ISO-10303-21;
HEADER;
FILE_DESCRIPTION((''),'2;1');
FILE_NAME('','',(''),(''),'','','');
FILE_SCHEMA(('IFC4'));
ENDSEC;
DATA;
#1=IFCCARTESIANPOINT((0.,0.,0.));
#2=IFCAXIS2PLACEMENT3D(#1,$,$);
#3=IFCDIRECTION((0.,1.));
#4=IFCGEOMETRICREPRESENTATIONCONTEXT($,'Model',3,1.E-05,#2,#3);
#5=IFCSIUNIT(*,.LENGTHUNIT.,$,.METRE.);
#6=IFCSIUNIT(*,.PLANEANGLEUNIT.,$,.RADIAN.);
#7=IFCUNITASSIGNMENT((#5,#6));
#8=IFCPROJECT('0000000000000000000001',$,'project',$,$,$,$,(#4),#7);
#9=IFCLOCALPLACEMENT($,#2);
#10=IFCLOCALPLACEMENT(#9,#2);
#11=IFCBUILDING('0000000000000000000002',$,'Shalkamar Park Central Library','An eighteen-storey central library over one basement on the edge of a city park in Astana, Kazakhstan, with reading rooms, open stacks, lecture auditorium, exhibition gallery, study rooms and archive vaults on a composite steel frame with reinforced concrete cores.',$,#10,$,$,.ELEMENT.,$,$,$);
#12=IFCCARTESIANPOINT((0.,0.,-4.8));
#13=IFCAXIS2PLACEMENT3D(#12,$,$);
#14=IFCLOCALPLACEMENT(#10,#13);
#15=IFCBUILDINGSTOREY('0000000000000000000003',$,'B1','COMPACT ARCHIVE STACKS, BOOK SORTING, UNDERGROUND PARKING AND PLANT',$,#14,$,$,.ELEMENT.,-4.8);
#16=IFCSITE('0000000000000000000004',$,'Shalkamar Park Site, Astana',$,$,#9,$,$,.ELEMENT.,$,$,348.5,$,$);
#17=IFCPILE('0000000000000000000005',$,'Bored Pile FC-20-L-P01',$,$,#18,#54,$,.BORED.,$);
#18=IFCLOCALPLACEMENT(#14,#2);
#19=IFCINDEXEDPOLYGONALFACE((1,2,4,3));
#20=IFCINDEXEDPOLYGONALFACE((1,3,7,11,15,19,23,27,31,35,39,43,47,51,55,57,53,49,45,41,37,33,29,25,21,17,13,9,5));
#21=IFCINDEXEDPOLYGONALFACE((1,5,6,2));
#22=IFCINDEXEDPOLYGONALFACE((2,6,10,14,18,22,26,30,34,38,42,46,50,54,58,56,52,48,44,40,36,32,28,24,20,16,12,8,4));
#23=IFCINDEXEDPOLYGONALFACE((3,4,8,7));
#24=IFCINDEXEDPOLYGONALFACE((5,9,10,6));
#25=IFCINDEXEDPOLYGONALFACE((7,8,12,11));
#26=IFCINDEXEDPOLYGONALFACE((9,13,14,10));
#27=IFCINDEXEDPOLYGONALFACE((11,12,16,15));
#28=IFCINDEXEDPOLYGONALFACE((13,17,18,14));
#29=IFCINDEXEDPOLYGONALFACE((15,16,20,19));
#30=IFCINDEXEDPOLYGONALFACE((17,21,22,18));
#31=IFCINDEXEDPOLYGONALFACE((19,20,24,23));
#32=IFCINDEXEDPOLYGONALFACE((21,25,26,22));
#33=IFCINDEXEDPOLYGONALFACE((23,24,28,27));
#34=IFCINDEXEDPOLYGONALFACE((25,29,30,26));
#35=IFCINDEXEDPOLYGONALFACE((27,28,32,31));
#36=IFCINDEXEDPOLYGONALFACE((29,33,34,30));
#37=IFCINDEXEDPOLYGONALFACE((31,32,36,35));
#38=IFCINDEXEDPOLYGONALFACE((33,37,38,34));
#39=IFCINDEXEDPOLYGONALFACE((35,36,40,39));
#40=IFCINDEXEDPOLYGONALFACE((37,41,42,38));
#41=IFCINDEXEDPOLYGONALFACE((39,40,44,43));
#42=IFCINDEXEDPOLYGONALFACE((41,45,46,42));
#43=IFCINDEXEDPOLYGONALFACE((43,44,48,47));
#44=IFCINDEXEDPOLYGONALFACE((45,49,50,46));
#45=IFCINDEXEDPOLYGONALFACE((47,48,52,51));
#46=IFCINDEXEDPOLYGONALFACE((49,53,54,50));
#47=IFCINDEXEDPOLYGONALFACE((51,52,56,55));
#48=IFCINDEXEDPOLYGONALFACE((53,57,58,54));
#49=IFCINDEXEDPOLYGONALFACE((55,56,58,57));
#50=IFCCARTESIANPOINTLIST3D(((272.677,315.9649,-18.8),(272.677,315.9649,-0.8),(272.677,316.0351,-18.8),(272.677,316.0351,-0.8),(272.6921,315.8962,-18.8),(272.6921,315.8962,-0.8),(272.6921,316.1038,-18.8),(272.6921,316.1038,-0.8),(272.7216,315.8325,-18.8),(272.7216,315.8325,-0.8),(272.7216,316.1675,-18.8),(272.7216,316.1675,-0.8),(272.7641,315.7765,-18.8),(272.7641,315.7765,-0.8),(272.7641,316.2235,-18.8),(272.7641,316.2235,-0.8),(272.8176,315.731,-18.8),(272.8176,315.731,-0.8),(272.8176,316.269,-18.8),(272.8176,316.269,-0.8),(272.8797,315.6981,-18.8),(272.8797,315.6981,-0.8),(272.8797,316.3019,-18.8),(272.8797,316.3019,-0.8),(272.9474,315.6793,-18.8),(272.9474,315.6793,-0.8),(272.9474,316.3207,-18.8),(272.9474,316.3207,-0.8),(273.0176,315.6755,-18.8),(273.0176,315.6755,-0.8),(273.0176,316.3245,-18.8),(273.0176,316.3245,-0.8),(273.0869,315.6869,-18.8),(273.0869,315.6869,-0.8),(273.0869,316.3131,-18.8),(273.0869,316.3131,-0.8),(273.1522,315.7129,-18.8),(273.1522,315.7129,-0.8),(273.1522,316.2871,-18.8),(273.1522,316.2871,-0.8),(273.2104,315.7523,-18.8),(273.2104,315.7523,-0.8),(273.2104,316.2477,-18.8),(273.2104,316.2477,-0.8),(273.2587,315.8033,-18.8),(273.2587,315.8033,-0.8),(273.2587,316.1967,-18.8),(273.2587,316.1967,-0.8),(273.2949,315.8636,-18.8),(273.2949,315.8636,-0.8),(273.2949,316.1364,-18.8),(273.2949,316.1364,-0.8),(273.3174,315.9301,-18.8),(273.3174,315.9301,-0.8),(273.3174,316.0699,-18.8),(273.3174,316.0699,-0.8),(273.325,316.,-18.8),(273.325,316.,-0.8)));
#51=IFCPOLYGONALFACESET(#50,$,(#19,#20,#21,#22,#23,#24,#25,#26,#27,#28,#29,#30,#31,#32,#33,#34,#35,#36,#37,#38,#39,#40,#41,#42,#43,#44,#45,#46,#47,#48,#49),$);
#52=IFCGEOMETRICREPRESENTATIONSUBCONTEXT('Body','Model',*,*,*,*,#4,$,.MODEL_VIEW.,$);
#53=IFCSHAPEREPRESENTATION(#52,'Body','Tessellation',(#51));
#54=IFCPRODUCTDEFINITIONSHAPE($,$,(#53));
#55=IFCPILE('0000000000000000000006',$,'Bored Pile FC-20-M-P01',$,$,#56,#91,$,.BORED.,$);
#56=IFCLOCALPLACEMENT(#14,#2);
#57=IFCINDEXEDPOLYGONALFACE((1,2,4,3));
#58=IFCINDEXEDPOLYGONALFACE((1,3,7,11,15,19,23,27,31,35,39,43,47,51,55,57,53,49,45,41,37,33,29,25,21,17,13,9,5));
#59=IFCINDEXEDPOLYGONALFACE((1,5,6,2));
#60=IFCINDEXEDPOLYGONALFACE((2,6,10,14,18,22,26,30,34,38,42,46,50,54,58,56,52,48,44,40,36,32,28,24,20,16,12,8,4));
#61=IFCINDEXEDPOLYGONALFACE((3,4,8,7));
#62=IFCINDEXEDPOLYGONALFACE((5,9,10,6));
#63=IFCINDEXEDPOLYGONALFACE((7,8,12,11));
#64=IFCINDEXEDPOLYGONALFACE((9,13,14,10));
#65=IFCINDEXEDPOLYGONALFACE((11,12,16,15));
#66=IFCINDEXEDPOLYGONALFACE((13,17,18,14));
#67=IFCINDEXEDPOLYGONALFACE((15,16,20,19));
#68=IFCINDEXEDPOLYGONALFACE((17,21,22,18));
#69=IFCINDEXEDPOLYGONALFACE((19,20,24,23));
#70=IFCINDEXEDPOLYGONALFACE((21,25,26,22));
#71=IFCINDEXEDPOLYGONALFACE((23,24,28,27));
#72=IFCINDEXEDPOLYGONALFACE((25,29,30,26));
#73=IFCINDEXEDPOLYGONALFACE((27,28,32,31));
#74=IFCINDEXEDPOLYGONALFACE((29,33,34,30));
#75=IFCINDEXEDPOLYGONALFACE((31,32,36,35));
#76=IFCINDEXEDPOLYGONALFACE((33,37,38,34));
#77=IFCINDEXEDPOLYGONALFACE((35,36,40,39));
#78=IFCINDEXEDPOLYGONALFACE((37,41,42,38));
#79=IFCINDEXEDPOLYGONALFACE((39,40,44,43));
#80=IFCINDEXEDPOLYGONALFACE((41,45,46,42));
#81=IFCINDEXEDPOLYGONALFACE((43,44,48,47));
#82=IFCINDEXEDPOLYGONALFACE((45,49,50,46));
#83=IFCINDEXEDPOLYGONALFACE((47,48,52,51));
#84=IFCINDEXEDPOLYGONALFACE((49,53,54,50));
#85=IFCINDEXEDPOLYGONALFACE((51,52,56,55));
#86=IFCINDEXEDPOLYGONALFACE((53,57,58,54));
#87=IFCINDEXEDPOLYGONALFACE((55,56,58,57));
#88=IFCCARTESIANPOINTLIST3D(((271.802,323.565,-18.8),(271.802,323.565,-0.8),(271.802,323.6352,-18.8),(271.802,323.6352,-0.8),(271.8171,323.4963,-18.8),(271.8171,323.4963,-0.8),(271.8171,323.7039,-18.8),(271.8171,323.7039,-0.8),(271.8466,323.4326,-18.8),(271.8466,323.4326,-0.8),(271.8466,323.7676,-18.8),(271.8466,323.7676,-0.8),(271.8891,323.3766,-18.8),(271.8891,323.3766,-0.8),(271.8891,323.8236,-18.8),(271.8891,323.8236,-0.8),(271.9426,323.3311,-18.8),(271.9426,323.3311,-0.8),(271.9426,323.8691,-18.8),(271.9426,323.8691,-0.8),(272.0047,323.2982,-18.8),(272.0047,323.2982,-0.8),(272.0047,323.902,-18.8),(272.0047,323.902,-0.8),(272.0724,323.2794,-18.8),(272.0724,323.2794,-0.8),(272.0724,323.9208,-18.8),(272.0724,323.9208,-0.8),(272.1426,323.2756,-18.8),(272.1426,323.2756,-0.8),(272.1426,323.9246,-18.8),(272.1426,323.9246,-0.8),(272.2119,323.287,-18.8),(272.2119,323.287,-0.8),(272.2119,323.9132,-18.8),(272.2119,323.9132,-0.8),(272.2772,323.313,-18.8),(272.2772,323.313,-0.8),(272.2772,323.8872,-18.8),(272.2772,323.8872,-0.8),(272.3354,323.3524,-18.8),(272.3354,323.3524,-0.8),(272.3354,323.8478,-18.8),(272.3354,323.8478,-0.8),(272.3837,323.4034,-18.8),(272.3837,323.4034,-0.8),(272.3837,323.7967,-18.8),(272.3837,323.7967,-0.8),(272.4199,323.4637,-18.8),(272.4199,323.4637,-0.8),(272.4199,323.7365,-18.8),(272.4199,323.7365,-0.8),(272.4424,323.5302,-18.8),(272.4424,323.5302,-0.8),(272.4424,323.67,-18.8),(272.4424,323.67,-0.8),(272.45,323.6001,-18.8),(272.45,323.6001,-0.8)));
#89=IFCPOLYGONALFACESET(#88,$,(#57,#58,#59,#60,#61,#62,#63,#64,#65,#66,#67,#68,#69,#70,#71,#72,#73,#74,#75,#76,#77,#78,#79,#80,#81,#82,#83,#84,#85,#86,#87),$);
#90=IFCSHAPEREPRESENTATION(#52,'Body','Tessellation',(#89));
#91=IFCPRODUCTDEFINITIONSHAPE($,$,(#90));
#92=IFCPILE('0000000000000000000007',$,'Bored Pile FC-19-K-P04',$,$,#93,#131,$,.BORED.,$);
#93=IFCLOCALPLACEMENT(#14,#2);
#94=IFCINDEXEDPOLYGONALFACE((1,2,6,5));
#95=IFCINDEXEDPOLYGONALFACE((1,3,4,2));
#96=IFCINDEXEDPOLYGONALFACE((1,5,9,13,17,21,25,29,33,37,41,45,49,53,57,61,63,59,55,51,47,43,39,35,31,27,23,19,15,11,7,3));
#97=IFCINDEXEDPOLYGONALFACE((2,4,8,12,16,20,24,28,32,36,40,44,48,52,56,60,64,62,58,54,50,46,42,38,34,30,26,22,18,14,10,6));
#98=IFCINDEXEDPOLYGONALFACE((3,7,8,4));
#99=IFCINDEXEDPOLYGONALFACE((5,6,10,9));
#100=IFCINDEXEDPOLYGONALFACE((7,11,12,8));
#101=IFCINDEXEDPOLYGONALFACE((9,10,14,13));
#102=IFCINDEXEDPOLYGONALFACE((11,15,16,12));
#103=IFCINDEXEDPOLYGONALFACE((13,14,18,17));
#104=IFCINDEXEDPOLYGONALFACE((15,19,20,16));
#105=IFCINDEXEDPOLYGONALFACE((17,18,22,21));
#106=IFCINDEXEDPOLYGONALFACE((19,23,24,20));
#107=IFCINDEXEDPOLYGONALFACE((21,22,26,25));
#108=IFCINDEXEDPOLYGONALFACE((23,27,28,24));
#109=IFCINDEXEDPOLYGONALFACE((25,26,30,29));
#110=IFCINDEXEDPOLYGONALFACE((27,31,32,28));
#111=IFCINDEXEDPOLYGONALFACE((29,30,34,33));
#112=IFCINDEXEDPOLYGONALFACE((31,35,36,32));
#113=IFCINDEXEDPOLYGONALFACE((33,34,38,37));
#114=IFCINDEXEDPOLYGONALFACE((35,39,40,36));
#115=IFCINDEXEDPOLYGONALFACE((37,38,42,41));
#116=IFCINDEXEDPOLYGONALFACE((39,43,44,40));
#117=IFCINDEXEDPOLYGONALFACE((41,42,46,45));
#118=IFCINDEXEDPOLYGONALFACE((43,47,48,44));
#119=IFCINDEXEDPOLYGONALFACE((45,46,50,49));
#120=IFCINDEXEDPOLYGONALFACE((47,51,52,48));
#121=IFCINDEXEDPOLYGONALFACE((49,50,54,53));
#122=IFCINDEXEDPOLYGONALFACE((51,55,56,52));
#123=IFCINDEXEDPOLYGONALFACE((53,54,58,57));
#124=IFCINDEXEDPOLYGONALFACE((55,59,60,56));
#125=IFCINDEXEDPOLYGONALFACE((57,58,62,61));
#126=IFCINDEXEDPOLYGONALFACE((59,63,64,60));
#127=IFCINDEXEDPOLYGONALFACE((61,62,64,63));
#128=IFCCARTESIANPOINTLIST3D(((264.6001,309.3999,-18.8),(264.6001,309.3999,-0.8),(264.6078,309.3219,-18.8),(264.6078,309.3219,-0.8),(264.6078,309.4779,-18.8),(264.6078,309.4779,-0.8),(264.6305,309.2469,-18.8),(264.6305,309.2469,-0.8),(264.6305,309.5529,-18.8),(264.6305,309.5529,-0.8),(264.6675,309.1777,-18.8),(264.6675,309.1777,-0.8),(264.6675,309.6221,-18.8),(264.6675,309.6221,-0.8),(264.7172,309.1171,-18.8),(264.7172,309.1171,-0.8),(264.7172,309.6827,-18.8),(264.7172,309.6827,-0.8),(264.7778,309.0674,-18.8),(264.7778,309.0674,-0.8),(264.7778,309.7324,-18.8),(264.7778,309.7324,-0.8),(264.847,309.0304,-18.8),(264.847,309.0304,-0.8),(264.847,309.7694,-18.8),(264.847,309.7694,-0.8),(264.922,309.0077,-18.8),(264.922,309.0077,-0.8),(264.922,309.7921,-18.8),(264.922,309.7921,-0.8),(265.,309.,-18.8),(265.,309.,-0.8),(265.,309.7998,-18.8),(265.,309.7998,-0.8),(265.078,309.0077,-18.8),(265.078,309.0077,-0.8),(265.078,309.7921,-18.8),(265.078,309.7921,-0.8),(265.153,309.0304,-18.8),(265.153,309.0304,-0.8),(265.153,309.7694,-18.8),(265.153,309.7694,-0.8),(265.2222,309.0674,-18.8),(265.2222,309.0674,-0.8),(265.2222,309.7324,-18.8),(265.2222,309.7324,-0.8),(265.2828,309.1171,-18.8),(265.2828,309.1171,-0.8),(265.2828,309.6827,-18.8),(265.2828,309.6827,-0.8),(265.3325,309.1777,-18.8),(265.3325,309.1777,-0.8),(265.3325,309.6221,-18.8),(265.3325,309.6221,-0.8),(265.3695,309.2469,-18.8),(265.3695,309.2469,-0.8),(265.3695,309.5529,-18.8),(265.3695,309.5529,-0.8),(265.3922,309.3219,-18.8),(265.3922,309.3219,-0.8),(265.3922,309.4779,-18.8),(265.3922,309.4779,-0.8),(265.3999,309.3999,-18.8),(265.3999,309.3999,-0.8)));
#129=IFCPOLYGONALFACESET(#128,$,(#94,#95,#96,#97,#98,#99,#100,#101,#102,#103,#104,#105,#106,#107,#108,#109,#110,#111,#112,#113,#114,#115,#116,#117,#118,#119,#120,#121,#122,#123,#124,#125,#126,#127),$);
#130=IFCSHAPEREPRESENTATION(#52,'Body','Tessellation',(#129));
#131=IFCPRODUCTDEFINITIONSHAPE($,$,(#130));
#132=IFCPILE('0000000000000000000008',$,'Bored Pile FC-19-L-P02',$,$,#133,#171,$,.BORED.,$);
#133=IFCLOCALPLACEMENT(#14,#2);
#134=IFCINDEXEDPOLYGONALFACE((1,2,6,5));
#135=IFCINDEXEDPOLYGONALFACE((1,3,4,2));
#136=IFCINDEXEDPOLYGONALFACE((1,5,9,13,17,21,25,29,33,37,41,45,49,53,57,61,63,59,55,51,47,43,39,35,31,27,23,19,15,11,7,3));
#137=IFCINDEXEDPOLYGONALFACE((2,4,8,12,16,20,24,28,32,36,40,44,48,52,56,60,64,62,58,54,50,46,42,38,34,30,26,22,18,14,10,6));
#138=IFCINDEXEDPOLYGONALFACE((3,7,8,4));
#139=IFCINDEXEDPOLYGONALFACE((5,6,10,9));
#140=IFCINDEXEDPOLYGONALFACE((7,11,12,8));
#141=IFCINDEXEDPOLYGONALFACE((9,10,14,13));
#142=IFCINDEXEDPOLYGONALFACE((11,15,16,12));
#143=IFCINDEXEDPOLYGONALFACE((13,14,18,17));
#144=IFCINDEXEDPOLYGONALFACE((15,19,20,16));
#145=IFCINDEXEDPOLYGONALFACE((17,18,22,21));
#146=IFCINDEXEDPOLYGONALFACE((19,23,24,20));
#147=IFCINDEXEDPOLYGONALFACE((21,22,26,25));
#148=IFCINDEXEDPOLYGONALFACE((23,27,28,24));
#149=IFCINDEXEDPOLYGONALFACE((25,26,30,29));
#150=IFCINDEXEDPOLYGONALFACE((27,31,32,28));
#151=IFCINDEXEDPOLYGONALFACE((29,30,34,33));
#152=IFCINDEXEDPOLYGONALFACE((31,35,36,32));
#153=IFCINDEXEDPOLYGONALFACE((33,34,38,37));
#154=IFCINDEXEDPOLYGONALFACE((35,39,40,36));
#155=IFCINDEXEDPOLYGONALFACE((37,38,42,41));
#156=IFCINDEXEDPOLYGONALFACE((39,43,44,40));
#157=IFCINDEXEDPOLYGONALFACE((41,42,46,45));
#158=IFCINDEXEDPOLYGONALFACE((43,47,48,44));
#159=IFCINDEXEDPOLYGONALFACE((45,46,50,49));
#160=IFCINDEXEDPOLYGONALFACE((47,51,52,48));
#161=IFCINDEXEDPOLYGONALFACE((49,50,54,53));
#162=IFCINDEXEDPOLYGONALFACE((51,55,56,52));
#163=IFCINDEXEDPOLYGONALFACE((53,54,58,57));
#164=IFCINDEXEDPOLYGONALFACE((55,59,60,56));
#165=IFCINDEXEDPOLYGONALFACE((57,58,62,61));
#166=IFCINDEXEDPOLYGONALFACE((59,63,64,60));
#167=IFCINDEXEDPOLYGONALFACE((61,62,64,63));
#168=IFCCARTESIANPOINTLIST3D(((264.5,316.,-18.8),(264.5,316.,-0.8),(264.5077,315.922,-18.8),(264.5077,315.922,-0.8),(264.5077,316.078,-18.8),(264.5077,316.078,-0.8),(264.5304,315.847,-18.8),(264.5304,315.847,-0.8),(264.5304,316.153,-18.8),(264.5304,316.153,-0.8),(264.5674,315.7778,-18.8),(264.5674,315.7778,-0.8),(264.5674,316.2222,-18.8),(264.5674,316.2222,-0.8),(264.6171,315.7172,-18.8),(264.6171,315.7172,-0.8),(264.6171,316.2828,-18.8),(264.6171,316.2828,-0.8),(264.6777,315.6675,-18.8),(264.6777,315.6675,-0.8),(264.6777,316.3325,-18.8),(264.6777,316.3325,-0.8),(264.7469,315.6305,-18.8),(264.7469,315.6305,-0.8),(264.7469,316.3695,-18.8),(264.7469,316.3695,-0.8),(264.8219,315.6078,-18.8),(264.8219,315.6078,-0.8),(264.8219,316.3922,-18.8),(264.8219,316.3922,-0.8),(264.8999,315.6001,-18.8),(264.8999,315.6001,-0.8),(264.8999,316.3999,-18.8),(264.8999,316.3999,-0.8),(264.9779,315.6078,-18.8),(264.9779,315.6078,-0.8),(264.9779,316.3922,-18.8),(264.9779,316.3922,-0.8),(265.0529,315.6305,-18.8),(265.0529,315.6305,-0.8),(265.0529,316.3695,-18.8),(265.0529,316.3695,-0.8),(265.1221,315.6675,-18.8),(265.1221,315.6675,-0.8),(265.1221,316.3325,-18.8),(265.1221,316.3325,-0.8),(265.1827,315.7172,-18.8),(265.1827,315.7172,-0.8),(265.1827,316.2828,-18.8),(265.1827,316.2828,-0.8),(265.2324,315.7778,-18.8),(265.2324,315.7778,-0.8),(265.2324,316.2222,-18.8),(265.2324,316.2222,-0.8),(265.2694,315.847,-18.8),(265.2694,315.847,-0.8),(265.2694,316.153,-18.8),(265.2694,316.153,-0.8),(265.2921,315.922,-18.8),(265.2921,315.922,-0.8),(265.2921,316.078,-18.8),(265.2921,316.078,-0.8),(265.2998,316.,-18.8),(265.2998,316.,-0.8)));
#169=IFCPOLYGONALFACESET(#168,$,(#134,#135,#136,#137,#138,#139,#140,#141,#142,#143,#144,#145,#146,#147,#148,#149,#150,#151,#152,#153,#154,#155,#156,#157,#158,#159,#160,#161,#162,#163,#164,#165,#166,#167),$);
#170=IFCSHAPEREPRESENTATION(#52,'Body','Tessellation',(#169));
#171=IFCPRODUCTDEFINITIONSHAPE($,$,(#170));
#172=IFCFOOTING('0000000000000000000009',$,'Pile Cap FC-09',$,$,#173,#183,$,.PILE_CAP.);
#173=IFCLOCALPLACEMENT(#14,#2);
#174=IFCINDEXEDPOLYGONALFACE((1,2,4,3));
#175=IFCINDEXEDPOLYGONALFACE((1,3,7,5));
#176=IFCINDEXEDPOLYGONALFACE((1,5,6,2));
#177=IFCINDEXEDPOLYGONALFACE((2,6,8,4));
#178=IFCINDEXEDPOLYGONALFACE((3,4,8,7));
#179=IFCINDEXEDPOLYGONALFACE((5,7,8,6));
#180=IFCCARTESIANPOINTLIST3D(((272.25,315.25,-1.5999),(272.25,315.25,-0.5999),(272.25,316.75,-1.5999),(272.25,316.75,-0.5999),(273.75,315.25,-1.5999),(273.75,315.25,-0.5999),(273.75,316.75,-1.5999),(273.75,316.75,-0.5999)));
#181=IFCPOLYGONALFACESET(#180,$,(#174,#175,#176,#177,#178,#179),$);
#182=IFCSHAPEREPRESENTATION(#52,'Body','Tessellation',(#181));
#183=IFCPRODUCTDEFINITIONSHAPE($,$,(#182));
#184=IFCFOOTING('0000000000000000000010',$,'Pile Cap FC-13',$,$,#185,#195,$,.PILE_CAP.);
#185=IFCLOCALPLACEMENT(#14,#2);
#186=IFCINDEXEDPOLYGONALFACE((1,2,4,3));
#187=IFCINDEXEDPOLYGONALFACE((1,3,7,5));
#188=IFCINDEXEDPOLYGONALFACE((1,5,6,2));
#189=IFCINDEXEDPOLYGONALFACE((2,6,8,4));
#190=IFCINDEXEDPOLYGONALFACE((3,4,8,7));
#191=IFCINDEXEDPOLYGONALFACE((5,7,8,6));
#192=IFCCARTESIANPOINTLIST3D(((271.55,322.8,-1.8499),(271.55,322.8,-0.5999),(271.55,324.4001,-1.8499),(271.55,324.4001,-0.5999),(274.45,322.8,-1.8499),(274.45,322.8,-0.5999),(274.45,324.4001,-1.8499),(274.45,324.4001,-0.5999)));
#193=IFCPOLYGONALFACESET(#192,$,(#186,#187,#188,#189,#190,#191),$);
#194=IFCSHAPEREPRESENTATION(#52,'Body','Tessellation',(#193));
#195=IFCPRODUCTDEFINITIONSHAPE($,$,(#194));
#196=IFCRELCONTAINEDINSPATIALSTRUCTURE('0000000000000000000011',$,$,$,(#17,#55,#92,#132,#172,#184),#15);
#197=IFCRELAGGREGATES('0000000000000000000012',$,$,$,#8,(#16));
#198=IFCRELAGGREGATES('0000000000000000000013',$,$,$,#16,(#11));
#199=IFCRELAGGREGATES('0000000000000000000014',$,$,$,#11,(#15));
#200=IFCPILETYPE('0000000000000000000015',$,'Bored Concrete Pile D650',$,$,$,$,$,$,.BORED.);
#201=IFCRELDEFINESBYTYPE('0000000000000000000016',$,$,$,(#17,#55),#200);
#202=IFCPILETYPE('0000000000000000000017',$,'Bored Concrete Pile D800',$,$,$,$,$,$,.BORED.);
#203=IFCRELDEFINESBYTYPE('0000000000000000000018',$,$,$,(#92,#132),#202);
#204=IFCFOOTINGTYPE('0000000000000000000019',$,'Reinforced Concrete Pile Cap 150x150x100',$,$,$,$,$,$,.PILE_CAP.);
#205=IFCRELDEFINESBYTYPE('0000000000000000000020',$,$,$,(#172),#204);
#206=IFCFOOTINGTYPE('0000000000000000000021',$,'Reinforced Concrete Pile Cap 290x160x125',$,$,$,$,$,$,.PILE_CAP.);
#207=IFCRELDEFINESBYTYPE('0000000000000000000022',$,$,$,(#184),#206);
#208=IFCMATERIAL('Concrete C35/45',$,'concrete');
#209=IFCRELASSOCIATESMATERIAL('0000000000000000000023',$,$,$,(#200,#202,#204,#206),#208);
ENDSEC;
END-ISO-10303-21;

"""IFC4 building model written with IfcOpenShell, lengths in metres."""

from ifc_helpers import new_model, si_unit, direction, frame, origin, origin_2d, place, context, subcontext, project, spatial, rectangle, circle, extrude, material, material_profile, profile_set, type_object, element, save


model = new_model("IFC4")

# Units and contexts
model_context = context("Model", 3, precision=1e-05, world=origin(), true_north=direction((0.0, 1.0)))
body_context = subcontext(model_context, "Body", "Model", "MODEL_VIEW")
ifc_project = project(units=[si_unit("LENGTHUNIT", "METRE"), si_unit("PLANEANGLEUNIT", "RADIAN")], contexts=[model_context])

# Site, building, storey
site_placement = place(None, origin())
site = spatial("IfcSite", under=ifc_project, at=site_placement, Name="Shalkamar Park Site, Astana", CompositionType="ELEMENT", RefElevation=348.5)
building_placement = place(site_placement, origin())
building = spatial("IfcBuilding", under=site, at=building_placement, Name="Shalkamar Park Central Library", Description="An eighteen-storey central library over one basement on the edge of a city park in Astana, Kazakhstan, with reading rooms, open stacks, lecture auditorium, exhibition gallery, study rooms and archive vaults on a composite steel frame with reinforced concrete cores.", CompositionType="ELEMENT")
storey_placement = place(building_placement, frame((0.0, 0.0, -4.8)))
storey = spatial("IfcBuildingStorey", under=building, at=storey_placement, Name="B1", Description="COMPACT ARCHIVE STACKS, BOOK SORTING, UNDERGROUND PARKING AND PLANT", CompositionType="ELEMENT", Elevation=-4.8)

# Piles
ifc_material_1 = material(Name="Concrete C35/45", Category="concrete")
ifc_material_profile_1 = material_profile(ifc_material_1, circle(Radius=0.325, at=origin_2d()), Name="PILE D650")
ifc_profile_set_1 = profile_set([ifc_material_profile_1], Name="Concrete C35/45")
pile_type_1 = type_object("IfcPileType", Name="Bored Concrete Pile D650", PredefinedType="BORED", material=ifc_profile_set_1)
for number, where, z_axis, x_axis, name in (
    (1, (273.0, 316.0, -0.8), (0.0, 0.0, -1.0), (1.0, 0.0, 0.0), "Bored Pile FC-20-L-P01"),
    (2, (272.125, 323.6001, -0.8), (0.0, 0.0, -1.0), (1.0, 0.0, 0.0), "Bored Pile FC-20-M-P01"),
):
    element("IfcPile", number, at=place(storey_placement, frame(where, z_axis=z_axis, x_axis=x_axis)), inside=storey, type_object=pile_type_1, Name=name, PredefinedType="BORED", context=body_context, shape_type="SweptSolid", body=[
        extrude(circle(Radius=0.325, at=origin_2d()), origin(), (0.0, 0.0, 1.0), 18.0),
    ])
ifc_material_profile_2 = material_profile(ifc_material_1, circle(Radius=0.3999, at=origin_2d()), Name="PILE D800")
ifc_profile_set_2 = profile_set([ifc_material_profile_2], Name="Concrete C35/45")
pile_type_2 = type_object("IfcPileType", Name="Bored Concrete Pile D800", PredefinedType="BORED", material=ifc_profile_set_2)
for number, where, z_axis, x_axis, name in (
    (3, (265.0, 309.3999, -0.8), (0.0, 0.0, -1.0), (1.0, 0.0, 0.0), "Bored Pile FC-19-K-P04"),
    (4, (264.8999, 316.0, -0.8), (0.0, 0.0, -1.0), (1.0, 0.0, 0.0), "Bored Pile FC-19-L-P02"),
):
    element("IfcPile", number, at=place(storey_placement, frame(where, z_axis=z_axis, x_axis=x_axis)), inside=storey, type_object=pile_type_2, Name=name, PredefinedType="BORED", context=body_context, shape_type="SweptSolid", body=[
        extrude(circle(Radius=0.3999, at=origin_2d()), origin(), (0.0, 0.0, 1.0), 18.0),
    ])

# Footings
footing_type_1 = type_object("IfcFootingType", Name="Reinforced Concrete Pile Cap 150x150x100", PredefinedType="PILE_CAP", material=ifc_material_1)
footing_1_placement = place(storey_placement, frame((273.0, 316.0, -1.5999), z_axis=(0.0, 0.0, 1.0), x_axis=(1.0, 0.0, 0.0)))
element("IfcFooting", 5, at=footing_1_placement, inside=storey, type_object=footing_type_1, Name="Pile Cap FC-09", PredefinedType="PILE_CAP", context=body_context, shape_type="SweptSolid", body=[
    extrude(rectangle(XDim=1.5, YDim=1.5, at=origin_2d()), origin(), (0.0, 0.0, 1.0), 1.0),
])
footing_type_2 = type_object("IfcFootingType", Name="Reinforced Concrete Pile Cap 290x160x125", PredefinedType="PILE_CAP", material=ifc_material_1)
footing_2_placement = place(storey_placement, frame((273.0, 323.6001, -1.8499), z_axis=(0.0, 0.0, 1.0), x_axis=(1.0, 0.0, 0.0)))
element("IfcFooting", 6, at=footing_2_placement, inside=storey, type_object=footing_type_2, Name="Pile Cap FC-13", PredefinedType="PILE_CAP", context=body_context, shape_type="SweptSolid", body=[
    extrude(rectangle(XDim=2.8999, YDim=1.6001, at=origin_2d()), origin(), (0.0, 0.0, 1.0), 1.25),
])

save(model, "model.ifc")
